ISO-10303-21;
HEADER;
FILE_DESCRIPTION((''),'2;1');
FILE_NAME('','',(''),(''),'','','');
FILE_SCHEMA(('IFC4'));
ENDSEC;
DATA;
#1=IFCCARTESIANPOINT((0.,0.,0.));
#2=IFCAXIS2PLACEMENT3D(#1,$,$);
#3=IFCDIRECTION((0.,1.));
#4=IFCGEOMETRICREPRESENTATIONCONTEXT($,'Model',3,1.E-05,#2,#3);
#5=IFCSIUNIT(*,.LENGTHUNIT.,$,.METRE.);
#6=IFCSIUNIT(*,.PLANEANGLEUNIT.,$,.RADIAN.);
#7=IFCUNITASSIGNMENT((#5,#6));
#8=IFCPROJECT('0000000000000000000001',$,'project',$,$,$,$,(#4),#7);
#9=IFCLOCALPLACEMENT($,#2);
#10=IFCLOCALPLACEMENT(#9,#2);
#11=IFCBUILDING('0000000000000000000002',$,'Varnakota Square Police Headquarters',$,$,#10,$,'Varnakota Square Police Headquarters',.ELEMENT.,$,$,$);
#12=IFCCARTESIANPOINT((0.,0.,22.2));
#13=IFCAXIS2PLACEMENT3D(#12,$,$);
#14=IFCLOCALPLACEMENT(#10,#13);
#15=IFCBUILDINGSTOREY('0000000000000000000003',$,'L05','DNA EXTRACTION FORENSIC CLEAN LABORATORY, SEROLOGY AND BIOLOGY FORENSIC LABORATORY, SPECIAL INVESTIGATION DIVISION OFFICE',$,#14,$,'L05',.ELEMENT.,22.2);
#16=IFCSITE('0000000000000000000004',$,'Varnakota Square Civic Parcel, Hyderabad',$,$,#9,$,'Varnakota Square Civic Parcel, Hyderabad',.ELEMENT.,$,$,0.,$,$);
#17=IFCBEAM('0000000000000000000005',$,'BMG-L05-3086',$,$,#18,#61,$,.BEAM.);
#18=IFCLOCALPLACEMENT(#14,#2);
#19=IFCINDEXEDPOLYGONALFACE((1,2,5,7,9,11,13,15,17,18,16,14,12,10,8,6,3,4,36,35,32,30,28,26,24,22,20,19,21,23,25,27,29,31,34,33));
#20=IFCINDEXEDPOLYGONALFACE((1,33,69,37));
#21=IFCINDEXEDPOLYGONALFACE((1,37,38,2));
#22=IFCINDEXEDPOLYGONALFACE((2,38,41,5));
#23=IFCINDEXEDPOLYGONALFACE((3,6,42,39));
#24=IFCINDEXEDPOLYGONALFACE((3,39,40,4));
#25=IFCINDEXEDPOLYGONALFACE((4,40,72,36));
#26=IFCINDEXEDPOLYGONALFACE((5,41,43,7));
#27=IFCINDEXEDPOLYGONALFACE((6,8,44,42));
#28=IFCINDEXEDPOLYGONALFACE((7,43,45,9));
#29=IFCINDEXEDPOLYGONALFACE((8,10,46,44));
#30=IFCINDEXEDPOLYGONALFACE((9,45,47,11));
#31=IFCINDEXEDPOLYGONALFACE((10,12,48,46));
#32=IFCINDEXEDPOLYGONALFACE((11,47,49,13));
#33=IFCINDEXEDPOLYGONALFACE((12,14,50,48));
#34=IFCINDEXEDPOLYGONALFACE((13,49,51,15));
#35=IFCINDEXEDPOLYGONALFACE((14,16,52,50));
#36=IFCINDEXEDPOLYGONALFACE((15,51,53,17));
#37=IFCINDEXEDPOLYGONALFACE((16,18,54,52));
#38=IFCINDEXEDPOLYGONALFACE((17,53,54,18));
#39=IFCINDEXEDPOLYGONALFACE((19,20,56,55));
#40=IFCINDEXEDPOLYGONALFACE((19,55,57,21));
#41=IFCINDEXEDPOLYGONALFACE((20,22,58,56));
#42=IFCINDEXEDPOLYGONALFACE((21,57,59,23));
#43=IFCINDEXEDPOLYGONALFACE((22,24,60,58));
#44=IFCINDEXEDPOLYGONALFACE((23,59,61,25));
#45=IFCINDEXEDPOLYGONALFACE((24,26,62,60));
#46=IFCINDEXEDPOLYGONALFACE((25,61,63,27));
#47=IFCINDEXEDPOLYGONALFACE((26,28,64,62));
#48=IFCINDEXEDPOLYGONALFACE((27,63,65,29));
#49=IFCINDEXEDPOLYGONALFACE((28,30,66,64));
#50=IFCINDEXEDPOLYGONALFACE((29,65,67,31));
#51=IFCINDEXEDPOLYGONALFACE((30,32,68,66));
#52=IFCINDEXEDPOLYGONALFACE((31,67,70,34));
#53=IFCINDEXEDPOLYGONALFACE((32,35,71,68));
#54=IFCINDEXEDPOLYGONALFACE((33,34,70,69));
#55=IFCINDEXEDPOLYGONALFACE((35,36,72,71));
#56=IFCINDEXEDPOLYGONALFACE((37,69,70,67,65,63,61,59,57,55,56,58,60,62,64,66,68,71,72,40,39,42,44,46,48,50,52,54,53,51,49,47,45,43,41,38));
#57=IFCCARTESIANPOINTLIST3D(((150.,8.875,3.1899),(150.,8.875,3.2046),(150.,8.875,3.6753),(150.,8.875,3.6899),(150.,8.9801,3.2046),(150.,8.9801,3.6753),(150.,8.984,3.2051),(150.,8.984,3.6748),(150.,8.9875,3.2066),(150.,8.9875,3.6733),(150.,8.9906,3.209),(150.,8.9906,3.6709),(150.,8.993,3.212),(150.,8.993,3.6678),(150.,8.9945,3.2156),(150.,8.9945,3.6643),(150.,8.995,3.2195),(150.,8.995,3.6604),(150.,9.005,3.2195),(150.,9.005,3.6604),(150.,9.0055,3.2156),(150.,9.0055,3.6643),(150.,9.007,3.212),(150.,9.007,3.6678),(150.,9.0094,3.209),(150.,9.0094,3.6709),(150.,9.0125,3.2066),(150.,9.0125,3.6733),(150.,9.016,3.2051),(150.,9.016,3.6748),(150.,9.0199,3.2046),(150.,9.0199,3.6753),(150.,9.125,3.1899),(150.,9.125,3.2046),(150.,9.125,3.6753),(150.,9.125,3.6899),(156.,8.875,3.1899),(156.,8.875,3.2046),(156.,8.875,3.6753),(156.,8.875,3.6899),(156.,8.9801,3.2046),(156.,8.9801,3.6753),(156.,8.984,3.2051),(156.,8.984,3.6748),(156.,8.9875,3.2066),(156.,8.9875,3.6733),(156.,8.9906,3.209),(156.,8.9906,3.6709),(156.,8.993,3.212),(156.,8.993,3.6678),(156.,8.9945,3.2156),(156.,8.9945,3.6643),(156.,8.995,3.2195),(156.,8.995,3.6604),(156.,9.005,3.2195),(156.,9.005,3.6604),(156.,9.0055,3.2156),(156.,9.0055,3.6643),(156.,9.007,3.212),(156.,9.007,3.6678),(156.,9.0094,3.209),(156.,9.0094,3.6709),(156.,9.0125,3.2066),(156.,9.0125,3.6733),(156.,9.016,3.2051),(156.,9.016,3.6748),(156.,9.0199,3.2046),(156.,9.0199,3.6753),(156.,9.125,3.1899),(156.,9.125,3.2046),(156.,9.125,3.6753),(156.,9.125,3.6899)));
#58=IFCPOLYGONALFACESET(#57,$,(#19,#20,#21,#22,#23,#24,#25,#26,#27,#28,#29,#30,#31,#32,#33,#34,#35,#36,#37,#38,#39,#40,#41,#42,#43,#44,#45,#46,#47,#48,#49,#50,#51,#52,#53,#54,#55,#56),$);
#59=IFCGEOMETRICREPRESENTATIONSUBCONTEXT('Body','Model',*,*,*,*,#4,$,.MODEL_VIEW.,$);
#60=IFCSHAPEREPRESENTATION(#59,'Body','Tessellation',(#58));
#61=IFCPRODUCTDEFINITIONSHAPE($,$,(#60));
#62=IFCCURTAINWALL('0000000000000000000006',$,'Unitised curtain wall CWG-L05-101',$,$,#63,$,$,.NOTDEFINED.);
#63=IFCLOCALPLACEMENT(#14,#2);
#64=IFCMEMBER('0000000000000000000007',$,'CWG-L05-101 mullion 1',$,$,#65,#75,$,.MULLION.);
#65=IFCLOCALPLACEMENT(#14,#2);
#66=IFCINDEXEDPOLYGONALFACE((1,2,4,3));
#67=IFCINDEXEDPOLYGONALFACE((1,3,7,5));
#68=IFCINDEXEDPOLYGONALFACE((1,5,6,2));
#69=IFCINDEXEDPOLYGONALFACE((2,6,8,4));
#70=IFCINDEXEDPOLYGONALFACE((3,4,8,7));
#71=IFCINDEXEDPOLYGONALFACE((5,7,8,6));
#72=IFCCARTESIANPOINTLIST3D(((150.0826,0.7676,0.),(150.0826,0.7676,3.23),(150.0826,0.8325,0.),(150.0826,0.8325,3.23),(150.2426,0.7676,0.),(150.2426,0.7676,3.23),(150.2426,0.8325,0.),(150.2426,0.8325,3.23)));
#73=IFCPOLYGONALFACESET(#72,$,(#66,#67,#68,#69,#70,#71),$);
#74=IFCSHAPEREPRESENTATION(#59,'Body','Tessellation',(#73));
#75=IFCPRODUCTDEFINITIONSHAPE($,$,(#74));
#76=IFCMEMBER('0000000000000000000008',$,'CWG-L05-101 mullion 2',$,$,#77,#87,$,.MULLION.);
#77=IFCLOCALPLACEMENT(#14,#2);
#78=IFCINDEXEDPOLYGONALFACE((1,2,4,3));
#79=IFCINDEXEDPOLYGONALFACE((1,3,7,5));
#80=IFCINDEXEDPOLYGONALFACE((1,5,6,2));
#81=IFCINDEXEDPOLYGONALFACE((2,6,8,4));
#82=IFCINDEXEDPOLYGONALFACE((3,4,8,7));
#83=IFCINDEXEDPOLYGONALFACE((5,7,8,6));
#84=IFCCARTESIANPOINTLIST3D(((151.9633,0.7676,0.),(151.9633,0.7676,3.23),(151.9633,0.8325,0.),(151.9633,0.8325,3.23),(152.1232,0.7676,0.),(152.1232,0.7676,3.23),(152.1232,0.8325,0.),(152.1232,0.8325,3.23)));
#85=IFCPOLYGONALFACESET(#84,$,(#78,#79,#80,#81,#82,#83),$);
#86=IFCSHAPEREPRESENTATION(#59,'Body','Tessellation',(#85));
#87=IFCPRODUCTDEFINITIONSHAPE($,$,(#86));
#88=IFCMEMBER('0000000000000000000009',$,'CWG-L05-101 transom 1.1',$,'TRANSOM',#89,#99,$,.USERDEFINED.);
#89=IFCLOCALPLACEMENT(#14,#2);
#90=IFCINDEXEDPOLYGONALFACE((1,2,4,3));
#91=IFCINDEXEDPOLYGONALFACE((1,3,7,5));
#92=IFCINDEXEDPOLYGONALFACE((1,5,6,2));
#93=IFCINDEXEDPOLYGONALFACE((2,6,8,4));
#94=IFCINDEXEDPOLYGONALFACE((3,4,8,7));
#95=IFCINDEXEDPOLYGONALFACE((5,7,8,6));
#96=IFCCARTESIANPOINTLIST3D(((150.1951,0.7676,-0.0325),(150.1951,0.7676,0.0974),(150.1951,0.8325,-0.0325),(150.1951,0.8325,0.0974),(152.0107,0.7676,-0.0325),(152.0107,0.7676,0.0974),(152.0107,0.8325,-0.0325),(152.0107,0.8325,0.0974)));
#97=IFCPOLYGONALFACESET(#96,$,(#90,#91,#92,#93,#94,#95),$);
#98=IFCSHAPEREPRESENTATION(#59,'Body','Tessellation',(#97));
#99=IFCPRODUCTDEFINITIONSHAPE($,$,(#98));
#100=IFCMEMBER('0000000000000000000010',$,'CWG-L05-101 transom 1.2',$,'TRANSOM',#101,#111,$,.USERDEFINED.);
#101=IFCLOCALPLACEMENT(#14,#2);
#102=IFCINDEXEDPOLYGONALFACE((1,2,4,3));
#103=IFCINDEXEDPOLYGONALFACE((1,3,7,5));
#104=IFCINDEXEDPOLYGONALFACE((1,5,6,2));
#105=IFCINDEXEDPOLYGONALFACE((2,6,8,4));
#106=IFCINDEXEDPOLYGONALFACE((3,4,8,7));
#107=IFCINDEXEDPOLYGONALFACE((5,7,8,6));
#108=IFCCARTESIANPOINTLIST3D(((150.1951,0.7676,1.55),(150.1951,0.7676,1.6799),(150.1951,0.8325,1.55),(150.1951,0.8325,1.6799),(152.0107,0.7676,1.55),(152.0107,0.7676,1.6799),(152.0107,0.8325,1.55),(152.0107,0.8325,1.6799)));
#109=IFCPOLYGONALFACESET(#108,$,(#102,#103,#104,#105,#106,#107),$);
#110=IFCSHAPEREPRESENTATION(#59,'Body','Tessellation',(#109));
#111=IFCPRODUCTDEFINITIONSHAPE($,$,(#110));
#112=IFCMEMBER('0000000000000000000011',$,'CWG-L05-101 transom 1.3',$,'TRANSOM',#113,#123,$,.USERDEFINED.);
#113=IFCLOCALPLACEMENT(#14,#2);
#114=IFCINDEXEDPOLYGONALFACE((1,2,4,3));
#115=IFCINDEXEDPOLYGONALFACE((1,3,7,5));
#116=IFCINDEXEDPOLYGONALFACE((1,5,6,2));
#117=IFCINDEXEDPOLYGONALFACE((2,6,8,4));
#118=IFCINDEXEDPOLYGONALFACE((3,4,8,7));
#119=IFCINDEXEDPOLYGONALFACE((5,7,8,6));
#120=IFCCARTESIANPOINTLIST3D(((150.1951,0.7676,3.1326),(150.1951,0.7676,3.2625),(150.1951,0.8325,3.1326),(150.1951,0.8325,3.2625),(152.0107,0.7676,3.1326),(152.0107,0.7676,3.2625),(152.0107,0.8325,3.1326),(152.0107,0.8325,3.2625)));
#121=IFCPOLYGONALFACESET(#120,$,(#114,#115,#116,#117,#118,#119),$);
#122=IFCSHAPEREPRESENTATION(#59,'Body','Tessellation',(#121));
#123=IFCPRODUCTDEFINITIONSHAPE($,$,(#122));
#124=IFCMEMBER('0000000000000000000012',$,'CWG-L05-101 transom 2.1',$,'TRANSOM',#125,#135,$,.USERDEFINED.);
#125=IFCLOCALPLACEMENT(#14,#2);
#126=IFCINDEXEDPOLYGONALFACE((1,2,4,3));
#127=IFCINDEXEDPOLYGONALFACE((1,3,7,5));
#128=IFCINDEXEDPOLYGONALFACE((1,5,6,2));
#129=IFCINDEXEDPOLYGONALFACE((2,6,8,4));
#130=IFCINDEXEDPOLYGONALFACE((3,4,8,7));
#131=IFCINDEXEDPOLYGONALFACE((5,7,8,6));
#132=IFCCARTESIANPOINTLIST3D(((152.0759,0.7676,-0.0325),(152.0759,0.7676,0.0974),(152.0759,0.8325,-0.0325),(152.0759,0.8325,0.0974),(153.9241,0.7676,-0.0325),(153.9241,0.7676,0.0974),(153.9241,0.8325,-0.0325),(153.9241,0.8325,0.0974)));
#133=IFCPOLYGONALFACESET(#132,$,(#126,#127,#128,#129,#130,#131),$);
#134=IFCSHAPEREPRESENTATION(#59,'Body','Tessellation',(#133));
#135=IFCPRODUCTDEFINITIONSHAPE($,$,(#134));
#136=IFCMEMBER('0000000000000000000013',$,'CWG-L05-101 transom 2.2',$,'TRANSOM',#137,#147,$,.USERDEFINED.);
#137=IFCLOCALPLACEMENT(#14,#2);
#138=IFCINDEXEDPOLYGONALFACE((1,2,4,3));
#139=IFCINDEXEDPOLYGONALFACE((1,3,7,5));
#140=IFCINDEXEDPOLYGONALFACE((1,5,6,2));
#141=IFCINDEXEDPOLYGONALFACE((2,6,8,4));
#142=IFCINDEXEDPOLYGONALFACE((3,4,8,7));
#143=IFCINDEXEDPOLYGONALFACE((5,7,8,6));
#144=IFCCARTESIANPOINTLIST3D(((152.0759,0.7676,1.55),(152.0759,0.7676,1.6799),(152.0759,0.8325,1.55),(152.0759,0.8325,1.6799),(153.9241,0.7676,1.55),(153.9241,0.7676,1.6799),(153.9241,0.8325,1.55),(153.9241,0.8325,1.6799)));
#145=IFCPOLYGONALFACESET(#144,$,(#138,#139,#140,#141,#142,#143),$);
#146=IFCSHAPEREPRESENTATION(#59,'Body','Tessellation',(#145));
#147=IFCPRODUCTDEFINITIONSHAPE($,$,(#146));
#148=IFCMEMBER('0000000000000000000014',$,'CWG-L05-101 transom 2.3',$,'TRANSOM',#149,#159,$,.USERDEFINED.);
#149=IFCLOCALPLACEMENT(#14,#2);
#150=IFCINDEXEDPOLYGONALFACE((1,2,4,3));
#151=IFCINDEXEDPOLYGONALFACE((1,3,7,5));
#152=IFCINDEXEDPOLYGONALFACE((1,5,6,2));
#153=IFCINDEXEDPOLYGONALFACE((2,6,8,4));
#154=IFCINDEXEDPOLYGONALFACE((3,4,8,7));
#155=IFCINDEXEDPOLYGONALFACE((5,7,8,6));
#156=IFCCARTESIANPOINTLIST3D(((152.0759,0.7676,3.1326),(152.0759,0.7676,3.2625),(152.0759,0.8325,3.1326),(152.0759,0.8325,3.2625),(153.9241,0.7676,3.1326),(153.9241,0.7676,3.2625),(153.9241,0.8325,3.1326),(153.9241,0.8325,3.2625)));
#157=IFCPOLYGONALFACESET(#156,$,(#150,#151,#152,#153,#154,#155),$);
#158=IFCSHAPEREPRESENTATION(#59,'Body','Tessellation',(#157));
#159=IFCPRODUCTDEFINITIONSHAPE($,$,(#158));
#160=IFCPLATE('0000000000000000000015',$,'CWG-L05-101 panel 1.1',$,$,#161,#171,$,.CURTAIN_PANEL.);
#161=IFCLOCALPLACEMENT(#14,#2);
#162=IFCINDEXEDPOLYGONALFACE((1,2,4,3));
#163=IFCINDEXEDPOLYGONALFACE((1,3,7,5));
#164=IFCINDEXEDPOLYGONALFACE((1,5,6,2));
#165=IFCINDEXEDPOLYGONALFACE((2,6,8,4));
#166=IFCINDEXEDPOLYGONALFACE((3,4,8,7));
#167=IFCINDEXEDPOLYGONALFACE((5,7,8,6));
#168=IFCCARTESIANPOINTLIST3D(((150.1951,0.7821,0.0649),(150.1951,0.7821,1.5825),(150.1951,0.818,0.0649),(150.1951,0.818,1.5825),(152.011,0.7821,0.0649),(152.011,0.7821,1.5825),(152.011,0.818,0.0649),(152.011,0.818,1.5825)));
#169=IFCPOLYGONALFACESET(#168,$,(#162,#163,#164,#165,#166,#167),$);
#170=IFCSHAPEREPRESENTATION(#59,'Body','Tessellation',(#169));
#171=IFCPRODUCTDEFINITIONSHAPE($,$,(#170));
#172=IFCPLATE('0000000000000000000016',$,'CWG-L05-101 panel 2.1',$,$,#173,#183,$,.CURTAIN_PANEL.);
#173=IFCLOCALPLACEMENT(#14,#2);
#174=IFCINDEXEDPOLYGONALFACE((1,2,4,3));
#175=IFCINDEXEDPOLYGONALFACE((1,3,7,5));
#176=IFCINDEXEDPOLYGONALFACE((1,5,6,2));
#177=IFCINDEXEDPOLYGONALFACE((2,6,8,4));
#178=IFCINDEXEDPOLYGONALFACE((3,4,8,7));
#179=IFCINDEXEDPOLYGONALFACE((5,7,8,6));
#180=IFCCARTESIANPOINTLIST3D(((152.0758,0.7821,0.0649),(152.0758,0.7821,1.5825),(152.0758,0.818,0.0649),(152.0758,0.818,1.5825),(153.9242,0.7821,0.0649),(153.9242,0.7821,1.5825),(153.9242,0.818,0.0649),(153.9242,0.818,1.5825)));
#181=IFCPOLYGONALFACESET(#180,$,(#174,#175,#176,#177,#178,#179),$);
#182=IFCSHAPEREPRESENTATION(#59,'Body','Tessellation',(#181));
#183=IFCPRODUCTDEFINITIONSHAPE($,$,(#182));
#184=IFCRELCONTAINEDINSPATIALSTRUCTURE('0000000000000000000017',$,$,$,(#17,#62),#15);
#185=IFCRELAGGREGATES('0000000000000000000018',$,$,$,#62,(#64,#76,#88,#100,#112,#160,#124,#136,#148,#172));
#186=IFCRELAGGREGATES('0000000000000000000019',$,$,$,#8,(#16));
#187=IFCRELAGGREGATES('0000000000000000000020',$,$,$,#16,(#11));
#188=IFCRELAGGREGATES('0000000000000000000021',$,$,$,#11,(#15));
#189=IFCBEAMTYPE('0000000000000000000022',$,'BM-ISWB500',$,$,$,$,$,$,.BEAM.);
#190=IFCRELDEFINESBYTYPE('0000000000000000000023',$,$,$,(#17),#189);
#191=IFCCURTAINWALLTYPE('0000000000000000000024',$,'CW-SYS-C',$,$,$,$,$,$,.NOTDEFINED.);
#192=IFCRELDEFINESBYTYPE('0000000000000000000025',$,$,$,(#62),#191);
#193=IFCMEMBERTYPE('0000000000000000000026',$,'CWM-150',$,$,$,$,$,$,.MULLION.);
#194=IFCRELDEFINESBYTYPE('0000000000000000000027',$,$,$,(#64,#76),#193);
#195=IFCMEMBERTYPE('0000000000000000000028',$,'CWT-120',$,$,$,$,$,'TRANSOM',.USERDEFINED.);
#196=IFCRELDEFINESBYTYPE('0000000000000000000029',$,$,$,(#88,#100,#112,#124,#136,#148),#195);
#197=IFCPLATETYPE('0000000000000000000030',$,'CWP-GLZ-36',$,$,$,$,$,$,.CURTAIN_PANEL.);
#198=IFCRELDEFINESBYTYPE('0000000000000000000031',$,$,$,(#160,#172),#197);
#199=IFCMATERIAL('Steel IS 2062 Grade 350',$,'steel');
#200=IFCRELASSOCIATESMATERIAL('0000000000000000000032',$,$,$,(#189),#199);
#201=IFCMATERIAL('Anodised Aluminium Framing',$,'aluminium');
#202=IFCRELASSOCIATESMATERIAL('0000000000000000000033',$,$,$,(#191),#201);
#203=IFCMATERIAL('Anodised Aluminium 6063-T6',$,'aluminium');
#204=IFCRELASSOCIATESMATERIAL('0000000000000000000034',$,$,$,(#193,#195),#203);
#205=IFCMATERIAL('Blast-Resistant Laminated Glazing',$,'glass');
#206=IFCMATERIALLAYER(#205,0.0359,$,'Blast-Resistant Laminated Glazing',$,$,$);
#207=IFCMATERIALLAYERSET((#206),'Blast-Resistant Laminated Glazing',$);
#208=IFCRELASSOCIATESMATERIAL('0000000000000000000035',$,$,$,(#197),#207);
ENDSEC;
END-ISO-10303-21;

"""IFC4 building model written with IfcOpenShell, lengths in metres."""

from ifc_helpers import new_model, si_unit, direction, frame, origin, origin_2d, place, context, subcontext, project, spatial, rectangle, i_section, extrude, material, layer, layer_set, material_profile, profile_set, type_object, element, aggregate, save


model = new_model("IFC4")

# Units and contexts
model_context = context("Model", 3, precision=1e-05, world=origin(), true_north=direction((0.0, 1.0)))
body_context = subcontext(model_context, "Body", "Model", "MODEL_VIEW")
ifc_project = project(units=[si_unit("LENGTHUNIT", "METRE"), si_unit("PLANEANGLEUNIT", "RADIAN")], contexts=[model_context])

# Site, building, storey
site_placement = place(None, origin())
site = spatial("IfcSite", under=ifc_project, at=site_placement, Name="Varnakota Square Civic Parcel, Hyderabad", LongName="Varnakota Square Civic Parcel, Hyderabad", CompositionType="ELEMENT", RefElevation=0.0)
building_placement = place(site_placement, origin())
building = spatial("IfcBuilding", under=site, at=building_placement, Name="Varnakota Square Police Headquarters", LongName="Varnakota Square Police Headquarters", CompositionType="ELEMENT")
storey_placement = place(building_placement, frame((0.0, 0.0, 22.2)))
storey = spatial("IfcBuildingStorey", under=building, at=storey_placement, Name="L05", Description="DNA EXTRACTION FORENSIC CLEAN LABORATORY, SEROLOGY AND BIOLOGY FORENSIC LABORATORY, SPECIAL INVESTIGATION DIVISION OFFICE", LongName="L05", CompositionType="ELEMENT", Elevation=22.2)

# Shared definitions
ifc_material_1 = material(Name="Steel IS 2062 Grade 350", Category="steel")

# Beam
ifc_material_profile_1 = material_profile(ifc_material_1, i_section(OverallWidth=0.25, OverallDepth=0.5, WebThickness=0.01, FlangeThickness=0.0146, FilletRadius=0.0149, at=origin_2d()), Name="ISWB 500")
ifc_profile_set_1 = profile_set([ifc_material_profile_1], Name="Steel IS 2062 Grade 350")
beam_type_1 = type_object("IfcBeamType", Name="BM-ISWB500", PredefinedType="BEAM", material=ifc_profile_set_1)
beam_1_placement = place(storey_placement, frame((150.0, 9.0, 3.4399), z_axis=(1.0, 0.0, 0.0), x_axis=(0.0, 1.0, 0.0)))
element("IfcBeam", 1, at=beam_1_placement, inside=storey, type_object=beam_type_1, Name="BMG-L05-3086", PredefinedType="BEAM", context=body_context, shape_type="SweptSolid", body=[
    extrude(i_section(OverallWidth=0.25, OverallDepth=0.5, WebThickness=0.01, FlangeThickness=0.0146, FilletRadius=0.0149, at=origin_2d()), origin(), (0.0, 0.0, 1.0), 6.0),
])

# Curtain wall, members, plates
ifc_material_2 = material(Name="Anodised Aluminium Framing", Category="aluminium")
curtain_wall_type = type_object("IfcCurtainWallType", Name="CW-SYS-C", PredefinedType="NOTDEFINED", material=ifc_material_2)
curtain_wall_placement = place(storey_placement, origin())
curtain_wall = element("IfcCurtainWall", 2, at=curtain_wall_placement, inside=storey, type_object=curtain_wall_type, Name="Unitised curtain wall CWG-L05-101", PredefinedType="NOTDEFINED")
ifc_material_3 = material(Name="Anodised Aluminium 6063-T6", Category="aluminium")
ifc_material_profile_2 = material_profile(ifc_material_3, rectangle(XDim=0.0649, YDim=0.1599, at=origin_2d()), Name="ALU MULLION 65x160")
ifc_profile_set_2 = profile_set([ifc_material_profile_2], Name="Anodised Aluminium 6063-T6")
member_type_1 = type_object("IfcMemberType", Name="CWM-150", PredefinedType="MULLION", material=ifc_profile_set_2)
member_1_placement = place(storey_placement, frame((150.1626, 0.8, 0.0), z_axis=(0.0, 0.0, 1.0), x_axis=(0.0, 1.0, 0.0)))
member_1 = element("IfcMember", 3, at=member_1_placement, type_object=member_type_1, Name="CWG-L05-101 mullion 1", PredefinedType="MULLION", context=body_context, shape_type="SweptSolid", body=[
    extrude(rectangle(XDim=0.0649, YDim=0.1599, at=origin_2d()), origin(), (0.0, 0.0, 1.0), 3.23),
])
member_2_placement = place(storey_placement, frame((152.0432, 0.8, 0.0), z_axis=(0.0, 0.0, 1.0), x_axis=(0.0, 1.0, 0.0)))
member_2 = element("IfcMember", 4, at=member_2_placement, type_object=member_type_1, Name="CWG-L05-101 mullion 2", PredefinedType="MULLION", context=body_context, shape_type="SweptSolid", body=[
    extrude(rectangle(XDim=0.0649, YDim=0.1599, at=origin_2d()), origin(), (0.0, 0.0, 1.0), 3.23),
])
ifc_material_profile_3 = material_profile(ifc_material_3, rectangle(XDim=0.0649, YDim=0.1299, at=origin_2d()), Name="ALU TRANSOM 65x130")
ifc_profile_set_3 = profile_set([ifc_material_profile_3], Name="Anodised Aluminium 6063-T6")
member_type_2 = type_object("IfcMemberType", Name="CWT-120", ElementType="TRANSOM", PredefinedType="USERDEFINED", material=ifc_profile_set_3)
member_3_placement = place(storey_placement, frame((150.1951, 0.8, 0.0325), z_axis=(1.0, 0.0, 0.0), x_axis=(0.0, 1.0, 0.0)))
member_3 = element("IfcMember", 5, at=member_3_placement, type_object=member_type_2, Name="CWG-L05-101 transom 1.1", ObjectType="TRANSOM", PredefinedType="USERDEFINED", context=body_context, shape_type="SweptSolid", body=[
    extrude(rectangle(XDim=0.0649, YDim=0.1299, at=origin_2d()), origin(), (0.0, 0.0, 1.0), 1.8157),
])
member_4_placement = place(storey_placement, frame((150.1951, 0.8, 1.615), z_axis=(1.0, 0.0, 0.0), x_axis=(0.0, 1.0, 0.0)))
member_4 = element("IfcMember", 6, at=member_4_placement, type_object=member_type_2, Name="CWG-L05-101 transom 1.2", ObjectType="TRANSOM", PredefinedType="USERDEFINED", context=body_context, shape_type="SweptSolid", body=[
    extrude(rectangle(XDim=0.0649, YDim=0.1299, at=origin_2d()), origin(), (0.0, 0.0, 1.0), 1.8157),
])
member_5_placement = place(storey_placement, frame((150.1951, 0.8, 3.1975), z_axis=(1.0, 0.0, 0.0), x_axis=(0.0, 1.0, 0.0)))
member_5 = element("IfcMember", 7, at=member_5_placement, type_object=member_type_2, Name="CWG-L05-101 transom 1.3", ObjectType="TRANSOM", PredefinedType="USERDEFINED", context=body_context, shape_type="SweptSolid", body=[
    extrude(rectangle(XDim=0.0649, YDim=0.1299, at=origin_2d()), origin(), (0.0, 0.0, 1.0), 1.8157),
])
member_6_placement = place(storey_placement, frame((152.0759, 0.8, 0.0325), z_axis=(1.0, 0.0, 0.0), x_axis=(0.0, 1.0, 0.0)))
member_6 = element("IfcMember", 8, at=member_6_placement, type_object=member_type_2, Name="CWG-L05-101 transom 2.1", ObjectType="TRANSOM", PredefinedType="USERDEFINED", context=body_context, shape_type="SweptSolid", body=[
    extrude(rectangle(XDim=0.0649, YDim=0.1299, at=origin_2d()), origin(), (0.0, 0.0, 1.0), 1.8481),
])
member_7_placement = place(storey_placement, frame((152.0759, 0.8, 1.615), z_axis=(1.0, 0.0, 0.0), x_axis=(0.0, 1.0, 0.0)))
member_7 = element("IfcMember", 9, at=member_7_placement, type_object=member_type_2, Name="CWG-L05-101 transom 2.2", ObjectType="TRANSOM", PredefinedType="USERDEFINED", context=body_context, shape_type="SweptSolid", body=[
    extrude(rectangle(XDim=0.0649, YDim=0.1299, at=origin_2d()), origin(), (0.0, 0.0, 1.0), 1.8481),
])
member_8_placement = place(storey_placement, frame((152.0759, 0.8, 3.1975), z_axis=(1.0, 0.0, 0.0), x_axis=(0.0, 1.0, 0.0)))
member_8 = element("IfcMember", 10, at=member_8_placement, type_object=member_type_2, Name="CWG-L05-101 transom 2.3", ObjectType="TRANSOM", PredefinedType="USERDEFINED", context=body_context, shape_type="SweptSolid", body=[
    extrude(rectangle(XDim=0.0649, YDim=0.1299, at=origin_2d()), origin(), (0.0, 0.0, 1.0), 1.8481),
])
ifc_material_4 = material(Name="Blast-Resistant Laminated Glazing", Category="glass")
ifc_layer_1 = layer(ifc_material_4, 0.0359, Name="Blast-Resistant Laminated Glazing")
ifc_layer_set_1 = layer_set([ifc_layer_1], Name="Blast-Resistant Laminated Glazing")
plate_type_1 = type_object("IfcPlateType", Name="CWP-GLZ-36", PredefinedType="CURTAIN_PANEL", material=ifc_layer_set_1)
plate_1_placement = place(storey_placement, frame((151.103, 0.8, 0.0649), z_axis=(0.0, 0.0, 1.0), x_axis=(1.0, 0.0, 0.0)))
plate_1 = element("IfcPlate", 11, at=plate_1_placement, type_object=plate_type_1, Name="CWG-L05-101 panel 1.1", PredefinedType="CURTAIN_PANEL", context=body_context, shape_type="SweptSolid", body=[
    extrude(rectangle(XDim=1.8159, YDim=0.0359, at=origin_2d()), origin(), (0.0, 0.0, 1.0), 1.5176),
])
plate_2_placement = place(storey_placement, frame((153.0, 0.8, 0.0649), z_axis=(0.0, 0.0, 1.0), x_axis=(1.0, 0.0, 0.0)))
plate_2 = element("IfcPlate", 12, at=plate_2_placement, type_object=plate_type_1, Name="CWG-L05-101 panel 2.1", PredefinedType="CURTAIN_PANEL", context=body_context, shape_type="SweptSolid", body=[
    extrude(rectangle(XDim=1.8484, YDim=0.0359, at=origin_2d()), origin(), (0.0, 0.0, 1.0), 1.5176),
])
aggregate(curtain_wall, [member_1, member_2, member_3, member_4, member_5, plate_1, member_6, member_7, member_8, plate_2])

save(model, "model.ifc")
